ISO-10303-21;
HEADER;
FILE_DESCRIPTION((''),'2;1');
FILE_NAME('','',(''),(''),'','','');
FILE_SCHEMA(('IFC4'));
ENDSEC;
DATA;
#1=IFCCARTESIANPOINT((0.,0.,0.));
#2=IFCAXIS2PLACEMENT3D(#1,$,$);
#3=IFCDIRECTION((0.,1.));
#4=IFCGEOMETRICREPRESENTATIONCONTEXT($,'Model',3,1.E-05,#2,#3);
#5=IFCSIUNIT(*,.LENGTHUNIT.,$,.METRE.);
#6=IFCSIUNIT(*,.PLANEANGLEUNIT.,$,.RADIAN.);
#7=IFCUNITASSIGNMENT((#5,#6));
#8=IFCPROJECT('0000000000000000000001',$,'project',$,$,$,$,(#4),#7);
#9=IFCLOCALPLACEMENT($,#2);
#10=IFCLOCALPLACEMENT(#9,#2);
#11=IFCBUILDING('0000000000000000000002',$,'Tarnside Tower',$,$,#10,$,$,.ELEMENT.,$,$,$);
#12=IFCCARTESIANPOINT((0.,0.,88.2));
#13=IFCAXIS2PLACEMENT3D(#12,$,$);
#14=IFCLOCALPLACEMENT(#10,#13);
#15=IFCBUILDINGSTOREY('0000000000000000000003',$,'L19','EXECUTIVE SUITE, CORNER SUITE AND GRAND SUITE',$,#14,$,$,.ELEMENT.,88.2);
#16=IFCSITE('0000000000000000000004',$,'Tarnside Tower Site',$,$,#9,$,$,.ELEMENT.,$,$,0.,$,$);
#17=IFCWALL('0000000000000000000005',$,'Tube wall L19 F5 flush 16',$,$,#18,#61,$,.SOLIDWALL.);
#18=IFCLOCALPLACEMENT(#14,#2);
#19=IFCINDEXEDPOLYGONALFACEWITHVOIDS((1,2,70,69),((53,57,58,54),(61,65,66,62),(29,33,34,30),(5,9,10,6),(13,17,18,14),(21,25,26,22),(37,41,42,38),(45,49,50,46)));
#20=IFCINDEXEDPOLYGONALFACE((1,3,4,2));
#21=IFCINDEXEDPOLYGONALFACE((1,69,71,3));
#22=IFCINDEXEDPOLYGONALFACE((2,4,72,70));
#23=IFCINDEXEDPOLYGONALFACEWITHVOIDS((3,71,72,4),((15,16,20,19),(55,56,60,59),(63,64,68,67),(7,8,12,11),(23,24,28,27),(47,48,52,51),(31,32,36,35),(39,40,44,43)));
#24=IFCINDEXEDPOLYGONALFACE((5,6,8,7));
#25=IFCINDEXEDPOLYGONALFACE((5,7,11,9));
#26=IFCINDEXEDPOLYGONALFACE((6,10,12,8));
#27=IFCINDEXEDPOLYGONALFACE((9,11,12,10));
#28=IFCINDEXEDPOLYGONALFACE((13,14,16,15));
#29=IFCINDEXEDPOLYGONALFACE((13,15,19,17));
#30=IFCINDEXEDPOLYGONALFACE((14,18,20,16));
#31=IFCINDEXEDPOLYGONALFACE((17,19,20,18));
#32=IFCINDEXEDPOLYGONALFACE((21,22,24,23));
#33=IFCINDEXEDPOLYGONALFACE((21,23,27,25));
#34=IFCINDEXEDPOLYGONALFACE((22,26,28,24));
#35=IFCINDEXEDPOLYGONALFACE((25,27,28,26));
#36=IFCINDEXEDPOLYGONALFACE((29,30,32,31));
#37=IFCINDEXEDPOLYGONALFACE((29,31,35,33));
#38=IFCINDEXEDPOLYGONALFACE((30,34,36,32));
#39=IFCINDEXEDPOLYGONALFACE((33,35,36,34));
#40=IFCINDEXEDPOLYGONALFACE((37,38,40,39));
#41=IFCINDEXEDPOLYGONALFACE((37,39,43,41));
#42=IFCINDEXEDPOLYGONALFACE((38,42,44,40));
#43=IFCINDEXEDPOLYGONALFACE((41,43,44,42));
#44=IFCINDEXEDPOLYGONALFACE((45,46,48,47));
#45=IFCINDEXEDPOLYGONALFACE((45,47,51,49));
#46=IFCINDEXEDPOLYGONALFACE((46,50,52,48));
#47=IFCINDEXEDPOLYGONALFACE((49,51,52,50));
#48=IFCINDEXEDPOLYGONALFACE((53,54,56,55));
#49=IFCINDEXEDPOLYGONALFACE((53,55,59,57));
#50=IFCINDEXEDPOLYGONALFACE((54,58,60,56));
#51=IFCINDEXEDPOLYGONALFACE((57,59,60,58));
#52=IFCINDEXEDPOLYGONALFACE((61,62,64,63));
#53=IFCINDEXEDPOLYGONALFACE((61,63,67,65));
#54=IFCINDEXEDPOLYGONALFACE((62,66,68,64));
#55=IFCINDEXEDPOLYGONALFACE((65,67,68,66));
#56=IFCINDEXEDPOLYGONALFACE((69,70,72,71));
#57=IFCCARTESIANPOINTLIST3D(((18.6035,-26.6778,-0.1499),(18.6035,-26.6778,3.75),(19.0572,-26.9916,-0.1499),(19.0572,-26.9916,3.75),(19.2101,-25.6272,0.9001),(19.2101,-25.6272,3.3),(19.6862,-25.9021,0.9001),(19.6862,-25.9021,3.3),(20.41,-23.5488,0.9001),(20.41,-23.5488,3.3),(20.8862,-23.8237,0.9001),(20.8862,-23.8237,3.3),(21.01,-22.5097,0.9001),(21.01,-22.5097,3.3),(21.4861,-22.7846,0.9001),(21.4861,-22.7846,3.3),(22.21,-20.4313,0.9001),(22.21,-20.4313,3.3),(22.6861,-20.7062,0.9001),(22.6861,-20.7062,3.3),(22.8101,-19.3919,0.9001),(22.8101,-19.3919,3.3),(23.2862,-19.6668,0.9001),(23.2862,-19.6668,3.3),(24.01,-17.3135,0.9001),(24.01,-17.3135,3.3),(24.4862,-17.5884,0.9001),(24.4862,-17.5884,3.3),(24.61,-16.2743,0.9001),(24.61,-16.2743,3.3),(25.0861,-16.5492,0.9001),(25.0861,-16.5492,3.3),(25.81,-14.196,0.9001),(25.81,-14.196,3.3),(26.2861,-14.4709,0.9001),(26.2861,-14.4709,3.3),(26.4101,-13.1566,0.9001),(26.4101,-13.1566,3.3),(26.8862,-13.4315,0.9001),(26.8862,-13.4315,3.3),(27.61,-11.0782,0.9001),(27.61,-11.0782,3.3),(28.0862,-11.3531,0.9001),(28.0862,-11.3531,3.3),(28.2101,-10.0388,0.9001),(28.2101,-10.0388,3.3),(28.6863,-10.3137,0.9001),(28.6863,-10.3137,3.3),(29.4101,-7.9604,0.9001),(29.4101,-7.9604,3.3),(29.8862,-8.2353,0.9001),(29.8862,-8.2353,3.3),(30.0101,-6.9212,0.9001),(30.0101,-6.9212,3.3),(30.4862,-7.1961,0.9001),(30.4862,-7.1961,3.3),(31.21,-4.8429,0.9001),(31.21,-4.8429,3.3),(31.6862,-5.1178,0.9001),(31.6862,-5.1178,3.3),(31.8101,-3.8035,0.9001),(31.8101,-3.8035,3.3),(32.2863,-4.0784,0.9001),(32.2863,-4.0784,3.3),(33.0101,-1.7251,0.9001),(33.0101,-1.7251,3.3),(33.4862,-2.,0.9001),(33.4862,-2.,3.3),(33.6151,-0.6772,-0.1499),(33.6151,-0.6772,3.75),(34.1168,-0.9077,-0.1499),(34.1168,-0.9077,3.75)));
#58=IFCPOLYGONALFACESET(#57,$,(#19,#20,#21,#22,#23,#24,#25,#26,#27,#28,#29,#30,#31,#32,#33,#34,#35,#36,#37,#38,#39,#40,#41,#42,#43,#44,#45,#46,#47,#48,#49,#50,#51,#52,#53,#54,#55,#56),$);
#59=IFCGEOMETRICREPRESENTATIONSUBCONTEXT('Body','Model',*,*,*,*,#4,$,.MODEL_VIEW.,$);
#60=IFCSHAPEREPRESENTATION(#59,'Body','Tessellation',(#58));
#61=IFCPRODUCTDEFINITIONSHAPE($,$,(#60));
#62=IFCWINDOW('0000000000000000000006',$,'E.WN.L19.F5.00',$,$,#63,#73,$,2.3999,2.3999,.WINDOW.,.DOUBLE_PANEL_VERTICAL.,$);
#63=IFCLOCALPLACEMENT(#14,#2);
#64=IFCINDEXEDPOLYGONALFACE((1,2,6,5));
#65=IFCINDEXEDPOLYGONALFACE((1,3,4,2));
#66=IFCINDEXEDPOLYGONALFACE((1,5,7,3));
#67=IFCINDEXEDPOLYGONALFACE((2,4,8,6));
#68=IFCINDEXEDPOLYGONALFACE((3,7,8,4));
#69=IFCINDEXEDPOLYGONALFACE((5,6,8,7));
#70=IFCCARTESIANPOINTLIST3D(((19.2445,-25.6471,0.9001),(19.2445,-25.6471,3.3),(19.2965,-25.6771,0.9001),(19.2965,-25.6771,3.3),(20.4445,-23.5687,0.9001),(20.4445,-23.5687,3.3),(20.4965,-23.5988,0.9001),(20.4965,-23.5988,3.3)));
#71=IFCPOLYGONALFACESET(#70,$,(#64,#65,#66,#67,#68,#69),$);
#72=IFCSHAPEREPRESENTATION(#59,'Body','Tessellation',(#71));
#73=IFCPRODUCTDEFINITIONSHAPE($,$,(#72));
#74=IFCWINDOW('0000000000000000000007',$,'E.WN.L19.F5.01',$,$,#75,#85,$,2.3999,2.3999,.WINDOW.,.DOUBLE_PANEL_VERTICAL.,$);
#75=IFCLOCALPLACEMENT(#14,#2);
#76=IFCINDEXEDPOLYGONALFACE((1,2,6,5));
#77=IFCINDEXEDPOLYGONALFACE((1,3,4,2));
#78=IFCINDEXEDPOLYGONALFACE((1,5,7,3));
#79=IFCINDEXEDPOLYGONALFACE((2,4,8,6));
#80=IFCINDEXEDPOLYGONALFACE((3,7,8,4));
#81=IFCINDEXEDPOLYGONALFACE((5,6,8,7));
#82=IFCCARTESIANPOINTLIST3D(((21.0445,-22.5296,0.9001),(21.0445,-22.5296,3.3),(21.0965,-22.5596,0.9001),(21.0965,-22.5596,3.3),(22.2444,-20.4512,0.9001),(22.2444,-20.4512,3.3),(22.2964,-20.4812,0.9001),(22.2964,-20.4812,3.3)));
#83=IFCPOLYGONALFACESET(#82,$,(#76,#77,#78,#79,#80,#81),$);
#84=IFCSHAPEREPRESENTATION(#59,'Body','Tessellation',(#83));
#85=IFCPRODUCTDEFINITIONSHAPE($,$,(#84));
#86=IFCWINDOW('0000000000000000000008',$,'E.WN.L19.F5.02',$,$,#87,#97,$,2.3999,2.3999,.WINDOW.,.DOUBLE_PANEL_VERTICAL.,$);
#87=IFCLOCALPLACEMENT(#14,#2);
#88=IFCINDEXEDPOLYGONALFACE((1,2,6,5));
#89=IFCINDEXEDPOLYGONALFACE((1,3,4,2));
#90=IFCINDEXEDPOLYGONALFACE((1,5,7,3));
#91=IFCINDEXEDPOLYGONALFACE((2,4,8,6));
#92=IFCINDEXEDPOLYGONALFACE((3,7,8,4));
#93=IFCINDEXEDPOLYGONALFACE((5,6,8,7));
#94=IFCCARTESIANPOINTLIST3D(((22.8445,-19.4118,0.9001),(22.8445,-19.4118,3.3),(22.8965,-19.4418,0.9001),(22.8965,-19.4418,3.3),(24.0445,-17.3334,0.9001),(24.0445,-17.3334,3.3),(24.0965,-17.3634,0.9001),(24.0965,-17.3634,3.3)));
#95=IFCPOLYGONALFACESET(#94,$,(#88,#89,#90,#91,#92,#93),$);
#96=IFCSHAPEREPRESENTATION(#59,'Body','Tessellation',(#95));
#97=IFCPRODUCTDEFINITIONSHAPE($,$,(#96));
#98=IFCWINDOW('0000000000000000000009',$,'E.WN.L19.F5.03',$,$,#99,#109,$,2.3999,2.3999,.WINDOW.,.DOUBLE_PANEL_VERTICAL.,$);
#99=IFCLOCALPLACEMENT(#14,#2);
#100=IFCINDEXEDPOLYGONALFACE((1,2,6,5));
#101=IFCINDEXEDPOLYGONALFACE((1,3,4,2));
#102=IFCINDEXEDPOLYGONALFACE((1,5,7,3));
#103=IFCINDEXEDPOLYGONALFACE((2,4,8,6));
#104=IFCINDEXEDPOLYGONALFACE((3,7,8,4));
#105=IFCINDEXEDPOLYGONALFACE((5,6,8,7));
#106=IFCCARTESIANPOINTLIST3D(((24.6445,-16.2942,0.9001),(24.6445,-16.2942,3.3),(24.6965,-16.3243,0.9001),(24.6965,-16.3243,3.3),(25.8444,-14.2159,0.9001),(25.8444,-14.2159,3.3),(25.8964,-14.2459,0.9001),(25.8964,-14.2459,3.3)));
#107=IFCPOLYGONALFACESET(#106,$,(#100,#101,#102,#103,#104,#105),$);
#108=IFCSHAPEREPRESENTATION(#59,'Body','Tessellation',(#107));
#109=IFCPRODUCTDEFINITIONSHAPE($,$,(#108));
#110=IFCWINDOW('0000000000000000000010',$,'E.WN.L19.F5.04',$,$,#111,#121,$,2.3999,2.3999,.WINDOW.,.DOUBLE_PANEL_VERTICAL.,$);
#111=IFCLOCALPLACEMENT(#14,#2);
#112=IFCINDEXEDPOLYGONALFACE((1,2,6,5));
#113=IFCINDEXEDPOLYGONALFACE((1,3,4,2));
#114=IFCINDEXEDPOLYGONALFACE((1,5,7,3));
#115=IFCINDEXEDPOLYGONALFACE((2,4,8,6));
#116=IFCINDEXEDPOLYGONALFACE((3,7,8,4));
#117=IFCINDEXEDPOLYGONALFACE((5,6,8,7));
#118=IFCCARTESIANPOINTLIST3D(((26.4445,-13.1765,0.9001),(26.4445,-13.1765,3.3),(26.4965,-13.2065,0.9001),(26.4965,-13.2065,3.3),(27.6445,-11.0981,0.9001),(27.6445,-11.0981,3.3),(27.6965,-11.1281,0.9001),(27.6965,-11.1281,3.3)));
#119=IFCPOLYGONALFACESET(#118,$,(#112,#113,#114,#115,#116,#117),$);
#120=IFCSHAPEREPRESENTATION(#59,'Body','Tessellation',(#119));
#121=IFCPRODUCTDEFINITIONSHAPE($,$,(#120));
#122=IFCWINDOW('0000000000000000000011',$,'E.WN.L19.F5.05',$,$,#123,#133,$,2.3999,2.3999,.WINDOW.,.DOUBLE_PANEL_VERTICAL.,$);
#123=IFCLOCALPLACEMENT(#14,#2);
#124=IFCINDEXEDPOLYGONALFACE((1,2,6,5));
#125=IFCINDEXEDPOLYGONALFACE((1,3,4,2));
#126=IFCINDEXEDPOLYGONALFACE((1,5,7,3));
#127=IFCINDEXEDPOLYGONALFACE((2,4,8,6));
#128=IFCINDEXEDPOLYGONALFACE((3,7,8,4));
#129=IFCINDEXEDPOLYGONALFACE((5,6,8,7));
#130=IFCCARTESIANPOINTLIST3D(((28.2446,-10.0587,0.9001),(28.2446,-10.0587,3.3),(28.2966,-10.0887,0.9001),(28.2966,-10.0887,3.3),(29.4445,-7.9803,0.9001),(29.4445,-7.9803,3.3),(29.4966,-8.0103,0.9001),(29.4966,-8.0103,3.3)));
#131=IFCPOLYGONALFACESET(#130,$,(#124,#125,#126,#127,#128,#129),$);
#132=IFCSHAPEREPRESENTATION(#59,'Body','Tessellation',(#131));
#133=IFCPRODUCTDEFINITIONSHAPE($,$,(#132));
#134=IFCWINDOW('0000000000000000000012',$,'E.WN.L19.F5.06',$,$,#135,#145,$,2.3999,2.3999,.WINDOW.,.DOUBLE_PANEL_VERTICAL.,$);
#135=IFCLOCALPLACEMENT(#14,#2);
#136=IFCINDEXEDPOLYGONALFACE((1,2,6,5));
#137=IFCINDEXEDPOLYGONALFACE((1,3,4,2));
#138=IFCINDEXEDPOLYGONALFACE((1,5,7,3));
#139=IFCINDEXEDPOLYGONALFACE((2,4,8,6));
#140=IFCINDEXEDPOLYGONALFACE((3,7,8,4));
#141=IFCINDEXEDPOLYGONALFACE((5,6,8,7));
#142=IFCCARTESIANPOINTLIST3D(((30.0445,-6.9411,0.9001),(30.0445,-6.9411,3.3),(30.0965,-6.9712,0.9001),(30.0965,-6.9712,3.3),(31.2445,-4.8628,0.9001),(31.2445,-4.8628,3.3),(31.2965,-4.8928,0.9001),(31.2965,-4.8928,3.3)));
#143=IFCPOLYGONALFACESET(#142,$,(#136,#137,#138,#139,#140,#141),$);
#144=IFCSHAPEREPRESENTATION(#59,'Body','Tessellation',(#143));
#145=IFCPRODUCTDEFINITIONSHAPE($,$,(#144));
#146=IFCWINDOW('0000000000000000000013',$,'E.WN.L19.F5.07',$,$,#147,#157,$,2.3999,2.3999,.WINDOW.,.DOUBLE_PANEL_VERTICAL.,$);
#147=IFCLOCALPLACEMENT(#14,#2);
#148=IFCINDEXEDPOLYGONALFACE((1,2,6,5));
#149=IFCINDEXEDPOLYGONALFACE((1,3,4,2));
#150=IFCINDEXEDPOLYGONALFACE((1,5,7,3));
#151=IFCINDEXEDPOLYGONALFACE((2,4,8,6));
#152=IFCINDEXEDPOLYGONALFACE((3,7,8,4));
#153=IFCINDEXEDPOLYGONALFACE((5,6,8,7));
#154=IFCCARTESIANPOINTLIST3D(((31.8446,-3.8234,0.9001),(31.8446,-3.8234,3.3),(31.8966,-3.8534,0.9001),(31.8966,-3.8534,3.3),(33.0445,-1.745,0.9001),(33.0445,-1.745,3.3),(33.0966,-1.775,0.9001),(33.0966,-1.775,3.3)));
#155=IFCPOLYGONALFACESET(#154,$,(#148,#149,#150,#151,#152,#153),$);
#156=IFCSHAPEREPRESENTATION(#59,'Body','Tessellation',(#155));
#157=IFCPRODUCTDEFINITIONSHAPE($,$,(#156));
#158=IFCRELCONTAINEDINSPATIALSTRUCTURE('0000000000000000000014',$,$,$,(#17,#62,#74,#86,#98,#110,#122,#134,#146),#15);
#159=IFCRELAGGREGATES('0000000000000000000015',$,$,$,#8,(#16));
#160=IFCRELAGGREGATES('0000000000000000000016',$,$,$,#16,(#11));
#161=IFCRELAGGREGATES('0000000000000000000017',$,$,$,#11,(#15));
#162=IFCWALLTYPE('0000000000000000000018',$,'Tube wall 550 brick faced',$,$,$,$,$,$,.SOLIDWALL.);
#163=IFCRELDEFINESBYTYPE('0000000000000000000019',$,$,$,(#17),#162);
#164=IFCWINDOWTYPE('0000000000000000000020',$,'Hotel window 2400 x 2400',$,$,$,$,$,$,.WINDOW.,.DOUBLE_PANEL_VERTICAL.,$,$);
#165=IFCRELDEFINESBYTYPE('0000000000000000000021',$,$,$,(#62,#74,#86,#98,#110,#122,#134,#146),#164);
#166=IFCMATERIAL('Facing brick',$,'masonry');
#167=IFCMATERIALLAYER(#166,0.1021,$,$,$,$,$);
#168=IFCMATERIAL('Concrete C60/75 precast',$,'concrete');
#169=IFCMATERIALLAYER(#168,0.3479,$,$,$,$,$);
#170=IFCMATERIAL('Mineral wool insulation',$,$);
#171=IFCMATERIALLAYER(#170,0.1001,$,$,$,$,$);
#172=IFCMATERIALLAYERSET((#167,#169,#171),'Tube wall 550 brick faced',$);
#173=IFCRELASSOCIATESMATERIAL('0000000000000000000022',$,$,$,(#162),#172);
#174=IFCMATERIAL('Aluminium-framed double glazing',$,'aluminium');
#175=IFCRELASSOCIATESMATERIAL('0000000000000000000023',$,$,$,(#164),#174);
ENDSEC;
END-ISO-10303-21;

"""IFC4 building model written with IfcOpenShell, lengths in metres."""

from ifc_helpers import new_model, si_unit, direction, frame, frame_2d, origin, place, context, subcontext, project, spatial, polyline, rectangle, outline, extrude, material, layer, layer_set, type_object, element, fill, save


model = new_model("IFC4")

# Units and contexts
model_context = context("Model", 3, precision=1e-05, world=origin(), true_north=direction((0.0, 1.0)))
body_context = subcontext(model_context, "Body", "Model", "MODEL_VIEW")
ifc_project = project(units=[si_unit("LENGTHUNIT", "METRE"), si_unit("PLANEANGLEUNIT", "RADIAN")], contexts=[model_context])

# Site, building, storey
site_placement = place(None, origin())
site = spatial("IfcSite", under=ifc_project, at=site_placement, Name="Tarnside Tower Site", CompositionType="ELEMENT", RefElevation=0.0)
building_placement = place(site_placement, origin())
building = spatial("IfcBuilding", under=site, at=building_placement, Name="Tarnside Tower", CompositionType="ELEMENT")
storey_placement = place(building_placement, frame((0.0, 0.0, 88.2)))
storey = spatial("IfcBuildingStorey", under=building, at=storey_placement, Name="L19", Description="EXECUTIVE SUITE, CORNER SUITE AND GRAND SUITE", CompositionType="ELEMENT", Elevation=88.2)

# Shared definitions
ifc_material_1 = material(Name="Facing brick", Category="masonry")
ifc_layer_1 = layer(ifc_material_1, 0.1021)
ifc_material_2 = material(Name="Concrete C60/75 precast", Category="concrete")
ifc_layer_2 = layer(ifc_material_2, 0.3479)
ifc_material_3 = material(Name="Mineral wool insulation")
ifc_layer_3 = layer(ifc_material_3, 0.1001)
ifc_layer_set_1 = layer_set([ifc_layer_1, ifc_layer_2, ifc_layer_3], Name="Tube wall 550 brick faced")
wall_type_1 = type_object("IfcWallType", Name="Tube wall 550 brick faced", PredefinedType="SOLIDWALL", material=ifc_layer_set_1)

# Wall, openings, windows
wall_1_placement = place(storey_placement, frame((18.8303, -26.8347, -0.1499), z_axis=(0.0, 0.0, 1.0), x_axis=(0.500004, 0.866023, 0.0)))
wall_1 = element("IfcWall", 1, at=wall_1_placement, inside=storey, type_object=wall_type_1, Name="Tube wall L19 F5 flush 16", PredefinedType="SOLIDWALL", context=body_context, shape_type="SweptSolid", body=[
    extrude(outline(polyline([(-0.0225, -0.2749), (30.0967, -0.2749), (30.0454, 0.2749), (0.0225, 0.2749), (-0.0225, -0.2749)])), origin(), (0.0, 0.0, 1.0), 3.8999),
])
opening_1_placement = place(wall_1_placement, frame((1.2356, 0.0, 1.05)))
opening_1 = element("IfcOpeningElement", 2, at=opening_1_placement, cuts=wall_1, PredefinedType="OPENING", context=body_context, shape_type="SweptSolid", body=[
    extrude(rectangle(XDim=2.3999, YDim=2.3999, at=frame_2d((1.2, 1.2))), frame((0.0, 0.2852, 0.0), z_axis=(0.0, -1.0, 0.0), x_axis=(1.0, 0.0, 0.0)), (0.0, 0.0, 1.0), 0.5701),
])
opening_2_placement = place(wall_1_placement, frame((4.8354, 0.0, 1.05)))
opening_2 = element("IfcOpeningElement", 3, at=opening_2_placement, cuts=wall_1, PredefinedType="OPENING", context=body_context, shape_type="SweptSolid", body=[
    extrude(rectangle(XDim=2.3999, YDim=2.3999, at=frame_2d((1.2, 1.2))), frame((0.0, 0.2852, 0.0), z_axis=(0.0, -1.0, 0.0), x_axis=(1.0, 0.0, 0.0)), (0.0, 0.0, 1.0), 0.5701),
])
opening_3_placement = place(wall_1_placement, frame((8.4355, 0.0, 1.05)))
opening_3 = element("IfcOpeningElement", 4, at=opening_3_placement, cuts=wall_1, PredefinedType="OPENING", context=body_context, shape_type="SweptSolid", body=[
    extrude(rectangle(XDim=2.3999, YDim=2.3999, at=frame_2d((1.2, 1.2))), frame((0.0, 0.2852, 0.0), z_axis=(0.0, -1.0, 0.0), x_axis=(1.0, 0.0, 0.0)), (0.0, 0.0, 1.0), 0.5701),
])
opening_4_placement = place(wall_1_placement, frame((12.0354, 0.0, 1.05)))
opening_4 = element("IfcOpeningElement", 5, at=opening_4_placement, cuts=wall_1, PredefinedType="OPENING", context=body_context, shape_type="SweptSolid", body=[
    extrude(rectangle(XDim=2.3999, YDim=2.3999, at=frame_2d((1.2, 1.2))), frame((0.0, 0.2852, 0.0), z_axis=(0.0, -1.0, 0.0), x_axis=(1.0, 0.0, 0.0)), (0.0, 0.0, 1.0), 0.5701),
])
opening_5_placement = place(wall_1_placement, frame((15.6355, 0.0, 1.05)))
opening_5 = element("IfcOpeningElement", 6, at=opening_5_placement, cuts=wall_1, PredefinedType="OPENING", context=body_context, shape_type="SweptSolid", body=[
    extrude(rectangle(XDim=2.3999, YDim=2.3999, at=frame_2d((1.2, 1.2))), frame((0.0, 0.2852, 0.0), z_axis=(0.0, -1.0, 0.0), x_axis=(1.0, 0.0, 0.0)), (0.0, 0.0, 1.0), 0.5701),
])
opening_6_placement = place(wall_1_placement, frame((19.2356, 0.0, 1.05)))
opening_6 = element("IfcOpeningElement", 7, at=opening_6_placement, cuts=wall_1, PredefinedType="OPENING", context=body_context, shape_type="SweptSolid", body=[
    extrude(rectangle(XDim=2.3999, YDim=2.3999, at=frame_2d((1.2, 1.2))), frame((0.0, 0.2852, 0.0), z_axis=(0.0, -1.0, 0.0), x_axis=(1.0, 0.0, 0.0)), (0.0, 0.0, 1.0), 0.5701),
])
opening_7_placement = place(wall_1_placement, frame((22.8354, 0.0, 1.05)))
opening_7 = element("IfcOpeningElement", 8, at=opening_7_placement, cuts=wall_1, PredefinedType="OPENING", context=body_context, shape_type="SweptSolid", body=[
    extrude(rectangle(XDim=2.3999, YDim=2.3999, at=frame_2d((1.2, 1.2))), frame((0.0, 0.2852, 0.0), z_axis=(0.0, -1.0, 0.0), x_axis=(1.0, 0.0, 0.0)), (0.0, 0.0, 1.0), 0.5701),
])
opening_8_placement = place(wall_1_placement, frame((26.4355, 0.0, 1.05)))
opening_8 = element("IfcOpeningElement", 9, at=opening_8_placement, cuts=wall_1, PredefinedType="OPENING", context=body_context, shape_type="SweptSolid", body=[
    extrude(rectangle(XDim=2.3999, YDim=2.3999, at=frame_2d((1.2, 1.2))), frame((0.0, 0.2852, 0.0), z_axis=(0.0, -1.0, 0.0), x_axis=(1.0, 0.0, 0.0)), (0.0, 0.0, 1.0), 0.5701),
])
ifc_material_4 = material(Name="Aluminium-framed double glazing", Category="aluminium")
window_type = type_object("IfcWindowType", Name="Hotel window 2400 x 2400", PartitioningType="DOUBLE_PANEL_VERTICAL", PredefinedType="WINDOW", material=ifc_material_4)
window_1_placement = place(opening_1_placement, frame((0.0, 0.2051, 0.0)))
window_1 = element("IfcWindow", 10, at=window_1_placement, inside=storey, type_object=window_type, Name="E.WN.L19.F5.00", OverallHeight=2.3999, OverallWidth=2.3999, PartitioningType="DOUBLE_PANEL_VERTICAL", PredefinedType="WINDOW", context=body_context, shape_type="SweptSolid", body=[
    extrude(rectangle(XDim=2.3999, YDim=2.3999, at=frame_2d((1.2, 1.2))), frame((0.0, 0.03, 0.0), z_axis=(0.0, -1.0, 0.0), x_axis=(1.0, 0.0, 0.0)), (0.0, 0.0, 1.0), 0.0601),
])
fill(opening_1, window_1)
window_2_placement = place(opening_2_placement, frame((0.0, 0.2051, 0.0)))
window_2 = element("IfcWindow", 11, at=window_2_placement, inside=storey, type_object=window_type, Name="E.WN.L19.F5.01", OverallHeight=2.3999, OverallWidth=2.3999, PartitioningType="DOUBLE_PANEL_VERTICAL", PredefinedType="WINDOW", context=body_context, shape_type="SweptSolid", body=[
    extrude(rectangle(XDim=2.3999, YDim=2.3999, at=frame_2d((1.2, 1.2))), frame((0.0, 0.03, 0.0), z_axis=(0.0, -1.0, 0.0), x_axis=(1.0, 0.0, 0.0)), (0.0, 0.0, 1.0), 0.0601),
])
fill(opening_2, window_2)
window_3_placement = place(opening_3_placement, frame((0.0, 0.2051, 0.0)))
window_3 = element("IfcWindow", 12, at=window_3_placement, inside=storey, type_object=window_type, Name="E.WN.L19.F5.02", OverallHeight=2.3999, OverallWidth=2.3999, PartitioningType="DOUBLE_PANEL_VERTICAL", PredefinedType="WINDOW", context=body_context, shape_type="SweptSolid", body=[
    extrude(rectangle(XDim=2.3999, YDim=2.3999, at=frame_2d((1.2, 1.2))), frame((0.0, 0.03, 0.0), z_axis=(0.0, -1.0, 0.0), x_axis=(1.0, 0.0, 0.0)), (0.0, 0.0, 1.0), 0.0601),
])
fill(opening_3, window_3)
window_4_placement = place(opening_4_placement, frame((0.0, 0.2051, 0.0)))
window_4 = element("IfcWindow", 13, at=window_4_placement, inside=storey, type_object=window_type, Name="E.WN.L19.F5.03", OverallHeight=2.3999, OverallWidth=2.3999, PartitioningType="DOUBLE_PANEL_VERTICAL", PredefinedType="WINDOW", context=body_context, shape_type="SweptSolid", body=[
    extrude(rectangle(XDim=2.3999, YDim=2.3999, at=frame_2d((1.2, 1.2))), frame((0.0, 0.03, 0.0), z_axis=(0.0, -1.0, 0.0), x_axis=(1.0, 0.0, 0.0)), (0.0, 0.0, 1.0), 0.0601),
])
fill(opening_4, window_4)
window_5_placement = place(opening_5_placement, frame((0.0, 0.2051, 0.0)))
window_5 = element("IfcWindow", 14, at=window_5_placement, inside=storey, type_object=window_type, Name="E.WN.L19.F5.04", OverallHeight=2.3999, OverallWidth=2.3999, PartitioningType="DOUBLE_PANEL_VERTICAL", PredefinedType="WINDOW", context=body_context, shape_type="SweptSolid", body=[
    extrude(rectangle(XDim=2.3999, YDim=2.3999, at=frame_2d((1.2, 1.2))), frame((0.0, 0.03, 0.0), z_axis=(0.0, -1.0, 0.0), x_axis=(1.0, 0.0, 0.0)), (0.0, 0.0, 1.0), 0.0601),
])
fill(opening_5, window_5)
window_6_placement = place(opening_6_placement, frame((0.0, 0.2051, 0.0)))
window_6 = element("IfcWindow", 15, at=window_6_placement, inside=storey, type_object=window_type, Name="E.WN.L19.F5.05", OverallHeight=2.3999, OverallWidth=2.3999, PartitioningType="DOUBLE_PANEL_VERTICAL", PredefinedType="WINDOW", context=body_context, shape_type="SweptSolid", body=[
    extrude(rectangle(XDim=2.3999, YDim=2.3999, at=frame_2d((1.2, 1.2))), frame((0.0, 0.03, 0.0), z_axis=(0.0, -1.0, 0.0), x_axis=(1.0, 0.0, 0.0)), (0.0, 0.0, 1.0), 0.0601),
])
fill(opening_6, window_6)
window_7_placement = place(opening_7_placement, frame((0.0, 0.2051, 0.0)))
window_7 = element("IfcWindow", 16, at=window_7_placement, inside=storey, type_object=window_type, Name="E.WN.L19.F5.06", OverallHeight=2.3999, OverallWidth=2.3999, PartitioningType="DOUBLE_PANEL_VERTICAL", PredefinedType="WINDOW", context=body_context, shape_type="SweptSolid", body=[
    extrude(rectangle(XDim=2.3999, YDim=2.3999, at=frame_2d((1.2, 1.2))), frame((0.0, 0.03, 0.0), z_axis=(0.0, -1.0, 0.0), x_axis=(1.0, 0.0, 0.0)), (0.0, 0.0, 1.0), 0.0601),
])
fill(opening_7, window_7)
window_8_placement = place(opening_8_placement, frame((0.0, 0.2051, 0.0)))
window_8 = element("IfcWindow", 17, at=window_8_placement, inside=storey, type_object=window_type, Name="E.WN.L19.F5.07", OverallHeight=2.3999, OverallWidth=2.3999, PartitioningType="DOUBLE_PANEL_VERTICAL", PredefinedType="WINDOW", context=body_context, shape_type="SweptSolid", body=[
    extrude(rectangle(XDim=2.3999, YDim=2.3999, at=frame_2d((1.2, 1.2))), frame((0.0, 0.03, 0.0), z_axis=(0.0, -1.0, 0.0), x_axis=(1.0, 0.0, 0.0)), (0.0, 0.0, 1.0), 0.0601),
])
fill(opening_8, window_8)

save(model, "model.ifc")
